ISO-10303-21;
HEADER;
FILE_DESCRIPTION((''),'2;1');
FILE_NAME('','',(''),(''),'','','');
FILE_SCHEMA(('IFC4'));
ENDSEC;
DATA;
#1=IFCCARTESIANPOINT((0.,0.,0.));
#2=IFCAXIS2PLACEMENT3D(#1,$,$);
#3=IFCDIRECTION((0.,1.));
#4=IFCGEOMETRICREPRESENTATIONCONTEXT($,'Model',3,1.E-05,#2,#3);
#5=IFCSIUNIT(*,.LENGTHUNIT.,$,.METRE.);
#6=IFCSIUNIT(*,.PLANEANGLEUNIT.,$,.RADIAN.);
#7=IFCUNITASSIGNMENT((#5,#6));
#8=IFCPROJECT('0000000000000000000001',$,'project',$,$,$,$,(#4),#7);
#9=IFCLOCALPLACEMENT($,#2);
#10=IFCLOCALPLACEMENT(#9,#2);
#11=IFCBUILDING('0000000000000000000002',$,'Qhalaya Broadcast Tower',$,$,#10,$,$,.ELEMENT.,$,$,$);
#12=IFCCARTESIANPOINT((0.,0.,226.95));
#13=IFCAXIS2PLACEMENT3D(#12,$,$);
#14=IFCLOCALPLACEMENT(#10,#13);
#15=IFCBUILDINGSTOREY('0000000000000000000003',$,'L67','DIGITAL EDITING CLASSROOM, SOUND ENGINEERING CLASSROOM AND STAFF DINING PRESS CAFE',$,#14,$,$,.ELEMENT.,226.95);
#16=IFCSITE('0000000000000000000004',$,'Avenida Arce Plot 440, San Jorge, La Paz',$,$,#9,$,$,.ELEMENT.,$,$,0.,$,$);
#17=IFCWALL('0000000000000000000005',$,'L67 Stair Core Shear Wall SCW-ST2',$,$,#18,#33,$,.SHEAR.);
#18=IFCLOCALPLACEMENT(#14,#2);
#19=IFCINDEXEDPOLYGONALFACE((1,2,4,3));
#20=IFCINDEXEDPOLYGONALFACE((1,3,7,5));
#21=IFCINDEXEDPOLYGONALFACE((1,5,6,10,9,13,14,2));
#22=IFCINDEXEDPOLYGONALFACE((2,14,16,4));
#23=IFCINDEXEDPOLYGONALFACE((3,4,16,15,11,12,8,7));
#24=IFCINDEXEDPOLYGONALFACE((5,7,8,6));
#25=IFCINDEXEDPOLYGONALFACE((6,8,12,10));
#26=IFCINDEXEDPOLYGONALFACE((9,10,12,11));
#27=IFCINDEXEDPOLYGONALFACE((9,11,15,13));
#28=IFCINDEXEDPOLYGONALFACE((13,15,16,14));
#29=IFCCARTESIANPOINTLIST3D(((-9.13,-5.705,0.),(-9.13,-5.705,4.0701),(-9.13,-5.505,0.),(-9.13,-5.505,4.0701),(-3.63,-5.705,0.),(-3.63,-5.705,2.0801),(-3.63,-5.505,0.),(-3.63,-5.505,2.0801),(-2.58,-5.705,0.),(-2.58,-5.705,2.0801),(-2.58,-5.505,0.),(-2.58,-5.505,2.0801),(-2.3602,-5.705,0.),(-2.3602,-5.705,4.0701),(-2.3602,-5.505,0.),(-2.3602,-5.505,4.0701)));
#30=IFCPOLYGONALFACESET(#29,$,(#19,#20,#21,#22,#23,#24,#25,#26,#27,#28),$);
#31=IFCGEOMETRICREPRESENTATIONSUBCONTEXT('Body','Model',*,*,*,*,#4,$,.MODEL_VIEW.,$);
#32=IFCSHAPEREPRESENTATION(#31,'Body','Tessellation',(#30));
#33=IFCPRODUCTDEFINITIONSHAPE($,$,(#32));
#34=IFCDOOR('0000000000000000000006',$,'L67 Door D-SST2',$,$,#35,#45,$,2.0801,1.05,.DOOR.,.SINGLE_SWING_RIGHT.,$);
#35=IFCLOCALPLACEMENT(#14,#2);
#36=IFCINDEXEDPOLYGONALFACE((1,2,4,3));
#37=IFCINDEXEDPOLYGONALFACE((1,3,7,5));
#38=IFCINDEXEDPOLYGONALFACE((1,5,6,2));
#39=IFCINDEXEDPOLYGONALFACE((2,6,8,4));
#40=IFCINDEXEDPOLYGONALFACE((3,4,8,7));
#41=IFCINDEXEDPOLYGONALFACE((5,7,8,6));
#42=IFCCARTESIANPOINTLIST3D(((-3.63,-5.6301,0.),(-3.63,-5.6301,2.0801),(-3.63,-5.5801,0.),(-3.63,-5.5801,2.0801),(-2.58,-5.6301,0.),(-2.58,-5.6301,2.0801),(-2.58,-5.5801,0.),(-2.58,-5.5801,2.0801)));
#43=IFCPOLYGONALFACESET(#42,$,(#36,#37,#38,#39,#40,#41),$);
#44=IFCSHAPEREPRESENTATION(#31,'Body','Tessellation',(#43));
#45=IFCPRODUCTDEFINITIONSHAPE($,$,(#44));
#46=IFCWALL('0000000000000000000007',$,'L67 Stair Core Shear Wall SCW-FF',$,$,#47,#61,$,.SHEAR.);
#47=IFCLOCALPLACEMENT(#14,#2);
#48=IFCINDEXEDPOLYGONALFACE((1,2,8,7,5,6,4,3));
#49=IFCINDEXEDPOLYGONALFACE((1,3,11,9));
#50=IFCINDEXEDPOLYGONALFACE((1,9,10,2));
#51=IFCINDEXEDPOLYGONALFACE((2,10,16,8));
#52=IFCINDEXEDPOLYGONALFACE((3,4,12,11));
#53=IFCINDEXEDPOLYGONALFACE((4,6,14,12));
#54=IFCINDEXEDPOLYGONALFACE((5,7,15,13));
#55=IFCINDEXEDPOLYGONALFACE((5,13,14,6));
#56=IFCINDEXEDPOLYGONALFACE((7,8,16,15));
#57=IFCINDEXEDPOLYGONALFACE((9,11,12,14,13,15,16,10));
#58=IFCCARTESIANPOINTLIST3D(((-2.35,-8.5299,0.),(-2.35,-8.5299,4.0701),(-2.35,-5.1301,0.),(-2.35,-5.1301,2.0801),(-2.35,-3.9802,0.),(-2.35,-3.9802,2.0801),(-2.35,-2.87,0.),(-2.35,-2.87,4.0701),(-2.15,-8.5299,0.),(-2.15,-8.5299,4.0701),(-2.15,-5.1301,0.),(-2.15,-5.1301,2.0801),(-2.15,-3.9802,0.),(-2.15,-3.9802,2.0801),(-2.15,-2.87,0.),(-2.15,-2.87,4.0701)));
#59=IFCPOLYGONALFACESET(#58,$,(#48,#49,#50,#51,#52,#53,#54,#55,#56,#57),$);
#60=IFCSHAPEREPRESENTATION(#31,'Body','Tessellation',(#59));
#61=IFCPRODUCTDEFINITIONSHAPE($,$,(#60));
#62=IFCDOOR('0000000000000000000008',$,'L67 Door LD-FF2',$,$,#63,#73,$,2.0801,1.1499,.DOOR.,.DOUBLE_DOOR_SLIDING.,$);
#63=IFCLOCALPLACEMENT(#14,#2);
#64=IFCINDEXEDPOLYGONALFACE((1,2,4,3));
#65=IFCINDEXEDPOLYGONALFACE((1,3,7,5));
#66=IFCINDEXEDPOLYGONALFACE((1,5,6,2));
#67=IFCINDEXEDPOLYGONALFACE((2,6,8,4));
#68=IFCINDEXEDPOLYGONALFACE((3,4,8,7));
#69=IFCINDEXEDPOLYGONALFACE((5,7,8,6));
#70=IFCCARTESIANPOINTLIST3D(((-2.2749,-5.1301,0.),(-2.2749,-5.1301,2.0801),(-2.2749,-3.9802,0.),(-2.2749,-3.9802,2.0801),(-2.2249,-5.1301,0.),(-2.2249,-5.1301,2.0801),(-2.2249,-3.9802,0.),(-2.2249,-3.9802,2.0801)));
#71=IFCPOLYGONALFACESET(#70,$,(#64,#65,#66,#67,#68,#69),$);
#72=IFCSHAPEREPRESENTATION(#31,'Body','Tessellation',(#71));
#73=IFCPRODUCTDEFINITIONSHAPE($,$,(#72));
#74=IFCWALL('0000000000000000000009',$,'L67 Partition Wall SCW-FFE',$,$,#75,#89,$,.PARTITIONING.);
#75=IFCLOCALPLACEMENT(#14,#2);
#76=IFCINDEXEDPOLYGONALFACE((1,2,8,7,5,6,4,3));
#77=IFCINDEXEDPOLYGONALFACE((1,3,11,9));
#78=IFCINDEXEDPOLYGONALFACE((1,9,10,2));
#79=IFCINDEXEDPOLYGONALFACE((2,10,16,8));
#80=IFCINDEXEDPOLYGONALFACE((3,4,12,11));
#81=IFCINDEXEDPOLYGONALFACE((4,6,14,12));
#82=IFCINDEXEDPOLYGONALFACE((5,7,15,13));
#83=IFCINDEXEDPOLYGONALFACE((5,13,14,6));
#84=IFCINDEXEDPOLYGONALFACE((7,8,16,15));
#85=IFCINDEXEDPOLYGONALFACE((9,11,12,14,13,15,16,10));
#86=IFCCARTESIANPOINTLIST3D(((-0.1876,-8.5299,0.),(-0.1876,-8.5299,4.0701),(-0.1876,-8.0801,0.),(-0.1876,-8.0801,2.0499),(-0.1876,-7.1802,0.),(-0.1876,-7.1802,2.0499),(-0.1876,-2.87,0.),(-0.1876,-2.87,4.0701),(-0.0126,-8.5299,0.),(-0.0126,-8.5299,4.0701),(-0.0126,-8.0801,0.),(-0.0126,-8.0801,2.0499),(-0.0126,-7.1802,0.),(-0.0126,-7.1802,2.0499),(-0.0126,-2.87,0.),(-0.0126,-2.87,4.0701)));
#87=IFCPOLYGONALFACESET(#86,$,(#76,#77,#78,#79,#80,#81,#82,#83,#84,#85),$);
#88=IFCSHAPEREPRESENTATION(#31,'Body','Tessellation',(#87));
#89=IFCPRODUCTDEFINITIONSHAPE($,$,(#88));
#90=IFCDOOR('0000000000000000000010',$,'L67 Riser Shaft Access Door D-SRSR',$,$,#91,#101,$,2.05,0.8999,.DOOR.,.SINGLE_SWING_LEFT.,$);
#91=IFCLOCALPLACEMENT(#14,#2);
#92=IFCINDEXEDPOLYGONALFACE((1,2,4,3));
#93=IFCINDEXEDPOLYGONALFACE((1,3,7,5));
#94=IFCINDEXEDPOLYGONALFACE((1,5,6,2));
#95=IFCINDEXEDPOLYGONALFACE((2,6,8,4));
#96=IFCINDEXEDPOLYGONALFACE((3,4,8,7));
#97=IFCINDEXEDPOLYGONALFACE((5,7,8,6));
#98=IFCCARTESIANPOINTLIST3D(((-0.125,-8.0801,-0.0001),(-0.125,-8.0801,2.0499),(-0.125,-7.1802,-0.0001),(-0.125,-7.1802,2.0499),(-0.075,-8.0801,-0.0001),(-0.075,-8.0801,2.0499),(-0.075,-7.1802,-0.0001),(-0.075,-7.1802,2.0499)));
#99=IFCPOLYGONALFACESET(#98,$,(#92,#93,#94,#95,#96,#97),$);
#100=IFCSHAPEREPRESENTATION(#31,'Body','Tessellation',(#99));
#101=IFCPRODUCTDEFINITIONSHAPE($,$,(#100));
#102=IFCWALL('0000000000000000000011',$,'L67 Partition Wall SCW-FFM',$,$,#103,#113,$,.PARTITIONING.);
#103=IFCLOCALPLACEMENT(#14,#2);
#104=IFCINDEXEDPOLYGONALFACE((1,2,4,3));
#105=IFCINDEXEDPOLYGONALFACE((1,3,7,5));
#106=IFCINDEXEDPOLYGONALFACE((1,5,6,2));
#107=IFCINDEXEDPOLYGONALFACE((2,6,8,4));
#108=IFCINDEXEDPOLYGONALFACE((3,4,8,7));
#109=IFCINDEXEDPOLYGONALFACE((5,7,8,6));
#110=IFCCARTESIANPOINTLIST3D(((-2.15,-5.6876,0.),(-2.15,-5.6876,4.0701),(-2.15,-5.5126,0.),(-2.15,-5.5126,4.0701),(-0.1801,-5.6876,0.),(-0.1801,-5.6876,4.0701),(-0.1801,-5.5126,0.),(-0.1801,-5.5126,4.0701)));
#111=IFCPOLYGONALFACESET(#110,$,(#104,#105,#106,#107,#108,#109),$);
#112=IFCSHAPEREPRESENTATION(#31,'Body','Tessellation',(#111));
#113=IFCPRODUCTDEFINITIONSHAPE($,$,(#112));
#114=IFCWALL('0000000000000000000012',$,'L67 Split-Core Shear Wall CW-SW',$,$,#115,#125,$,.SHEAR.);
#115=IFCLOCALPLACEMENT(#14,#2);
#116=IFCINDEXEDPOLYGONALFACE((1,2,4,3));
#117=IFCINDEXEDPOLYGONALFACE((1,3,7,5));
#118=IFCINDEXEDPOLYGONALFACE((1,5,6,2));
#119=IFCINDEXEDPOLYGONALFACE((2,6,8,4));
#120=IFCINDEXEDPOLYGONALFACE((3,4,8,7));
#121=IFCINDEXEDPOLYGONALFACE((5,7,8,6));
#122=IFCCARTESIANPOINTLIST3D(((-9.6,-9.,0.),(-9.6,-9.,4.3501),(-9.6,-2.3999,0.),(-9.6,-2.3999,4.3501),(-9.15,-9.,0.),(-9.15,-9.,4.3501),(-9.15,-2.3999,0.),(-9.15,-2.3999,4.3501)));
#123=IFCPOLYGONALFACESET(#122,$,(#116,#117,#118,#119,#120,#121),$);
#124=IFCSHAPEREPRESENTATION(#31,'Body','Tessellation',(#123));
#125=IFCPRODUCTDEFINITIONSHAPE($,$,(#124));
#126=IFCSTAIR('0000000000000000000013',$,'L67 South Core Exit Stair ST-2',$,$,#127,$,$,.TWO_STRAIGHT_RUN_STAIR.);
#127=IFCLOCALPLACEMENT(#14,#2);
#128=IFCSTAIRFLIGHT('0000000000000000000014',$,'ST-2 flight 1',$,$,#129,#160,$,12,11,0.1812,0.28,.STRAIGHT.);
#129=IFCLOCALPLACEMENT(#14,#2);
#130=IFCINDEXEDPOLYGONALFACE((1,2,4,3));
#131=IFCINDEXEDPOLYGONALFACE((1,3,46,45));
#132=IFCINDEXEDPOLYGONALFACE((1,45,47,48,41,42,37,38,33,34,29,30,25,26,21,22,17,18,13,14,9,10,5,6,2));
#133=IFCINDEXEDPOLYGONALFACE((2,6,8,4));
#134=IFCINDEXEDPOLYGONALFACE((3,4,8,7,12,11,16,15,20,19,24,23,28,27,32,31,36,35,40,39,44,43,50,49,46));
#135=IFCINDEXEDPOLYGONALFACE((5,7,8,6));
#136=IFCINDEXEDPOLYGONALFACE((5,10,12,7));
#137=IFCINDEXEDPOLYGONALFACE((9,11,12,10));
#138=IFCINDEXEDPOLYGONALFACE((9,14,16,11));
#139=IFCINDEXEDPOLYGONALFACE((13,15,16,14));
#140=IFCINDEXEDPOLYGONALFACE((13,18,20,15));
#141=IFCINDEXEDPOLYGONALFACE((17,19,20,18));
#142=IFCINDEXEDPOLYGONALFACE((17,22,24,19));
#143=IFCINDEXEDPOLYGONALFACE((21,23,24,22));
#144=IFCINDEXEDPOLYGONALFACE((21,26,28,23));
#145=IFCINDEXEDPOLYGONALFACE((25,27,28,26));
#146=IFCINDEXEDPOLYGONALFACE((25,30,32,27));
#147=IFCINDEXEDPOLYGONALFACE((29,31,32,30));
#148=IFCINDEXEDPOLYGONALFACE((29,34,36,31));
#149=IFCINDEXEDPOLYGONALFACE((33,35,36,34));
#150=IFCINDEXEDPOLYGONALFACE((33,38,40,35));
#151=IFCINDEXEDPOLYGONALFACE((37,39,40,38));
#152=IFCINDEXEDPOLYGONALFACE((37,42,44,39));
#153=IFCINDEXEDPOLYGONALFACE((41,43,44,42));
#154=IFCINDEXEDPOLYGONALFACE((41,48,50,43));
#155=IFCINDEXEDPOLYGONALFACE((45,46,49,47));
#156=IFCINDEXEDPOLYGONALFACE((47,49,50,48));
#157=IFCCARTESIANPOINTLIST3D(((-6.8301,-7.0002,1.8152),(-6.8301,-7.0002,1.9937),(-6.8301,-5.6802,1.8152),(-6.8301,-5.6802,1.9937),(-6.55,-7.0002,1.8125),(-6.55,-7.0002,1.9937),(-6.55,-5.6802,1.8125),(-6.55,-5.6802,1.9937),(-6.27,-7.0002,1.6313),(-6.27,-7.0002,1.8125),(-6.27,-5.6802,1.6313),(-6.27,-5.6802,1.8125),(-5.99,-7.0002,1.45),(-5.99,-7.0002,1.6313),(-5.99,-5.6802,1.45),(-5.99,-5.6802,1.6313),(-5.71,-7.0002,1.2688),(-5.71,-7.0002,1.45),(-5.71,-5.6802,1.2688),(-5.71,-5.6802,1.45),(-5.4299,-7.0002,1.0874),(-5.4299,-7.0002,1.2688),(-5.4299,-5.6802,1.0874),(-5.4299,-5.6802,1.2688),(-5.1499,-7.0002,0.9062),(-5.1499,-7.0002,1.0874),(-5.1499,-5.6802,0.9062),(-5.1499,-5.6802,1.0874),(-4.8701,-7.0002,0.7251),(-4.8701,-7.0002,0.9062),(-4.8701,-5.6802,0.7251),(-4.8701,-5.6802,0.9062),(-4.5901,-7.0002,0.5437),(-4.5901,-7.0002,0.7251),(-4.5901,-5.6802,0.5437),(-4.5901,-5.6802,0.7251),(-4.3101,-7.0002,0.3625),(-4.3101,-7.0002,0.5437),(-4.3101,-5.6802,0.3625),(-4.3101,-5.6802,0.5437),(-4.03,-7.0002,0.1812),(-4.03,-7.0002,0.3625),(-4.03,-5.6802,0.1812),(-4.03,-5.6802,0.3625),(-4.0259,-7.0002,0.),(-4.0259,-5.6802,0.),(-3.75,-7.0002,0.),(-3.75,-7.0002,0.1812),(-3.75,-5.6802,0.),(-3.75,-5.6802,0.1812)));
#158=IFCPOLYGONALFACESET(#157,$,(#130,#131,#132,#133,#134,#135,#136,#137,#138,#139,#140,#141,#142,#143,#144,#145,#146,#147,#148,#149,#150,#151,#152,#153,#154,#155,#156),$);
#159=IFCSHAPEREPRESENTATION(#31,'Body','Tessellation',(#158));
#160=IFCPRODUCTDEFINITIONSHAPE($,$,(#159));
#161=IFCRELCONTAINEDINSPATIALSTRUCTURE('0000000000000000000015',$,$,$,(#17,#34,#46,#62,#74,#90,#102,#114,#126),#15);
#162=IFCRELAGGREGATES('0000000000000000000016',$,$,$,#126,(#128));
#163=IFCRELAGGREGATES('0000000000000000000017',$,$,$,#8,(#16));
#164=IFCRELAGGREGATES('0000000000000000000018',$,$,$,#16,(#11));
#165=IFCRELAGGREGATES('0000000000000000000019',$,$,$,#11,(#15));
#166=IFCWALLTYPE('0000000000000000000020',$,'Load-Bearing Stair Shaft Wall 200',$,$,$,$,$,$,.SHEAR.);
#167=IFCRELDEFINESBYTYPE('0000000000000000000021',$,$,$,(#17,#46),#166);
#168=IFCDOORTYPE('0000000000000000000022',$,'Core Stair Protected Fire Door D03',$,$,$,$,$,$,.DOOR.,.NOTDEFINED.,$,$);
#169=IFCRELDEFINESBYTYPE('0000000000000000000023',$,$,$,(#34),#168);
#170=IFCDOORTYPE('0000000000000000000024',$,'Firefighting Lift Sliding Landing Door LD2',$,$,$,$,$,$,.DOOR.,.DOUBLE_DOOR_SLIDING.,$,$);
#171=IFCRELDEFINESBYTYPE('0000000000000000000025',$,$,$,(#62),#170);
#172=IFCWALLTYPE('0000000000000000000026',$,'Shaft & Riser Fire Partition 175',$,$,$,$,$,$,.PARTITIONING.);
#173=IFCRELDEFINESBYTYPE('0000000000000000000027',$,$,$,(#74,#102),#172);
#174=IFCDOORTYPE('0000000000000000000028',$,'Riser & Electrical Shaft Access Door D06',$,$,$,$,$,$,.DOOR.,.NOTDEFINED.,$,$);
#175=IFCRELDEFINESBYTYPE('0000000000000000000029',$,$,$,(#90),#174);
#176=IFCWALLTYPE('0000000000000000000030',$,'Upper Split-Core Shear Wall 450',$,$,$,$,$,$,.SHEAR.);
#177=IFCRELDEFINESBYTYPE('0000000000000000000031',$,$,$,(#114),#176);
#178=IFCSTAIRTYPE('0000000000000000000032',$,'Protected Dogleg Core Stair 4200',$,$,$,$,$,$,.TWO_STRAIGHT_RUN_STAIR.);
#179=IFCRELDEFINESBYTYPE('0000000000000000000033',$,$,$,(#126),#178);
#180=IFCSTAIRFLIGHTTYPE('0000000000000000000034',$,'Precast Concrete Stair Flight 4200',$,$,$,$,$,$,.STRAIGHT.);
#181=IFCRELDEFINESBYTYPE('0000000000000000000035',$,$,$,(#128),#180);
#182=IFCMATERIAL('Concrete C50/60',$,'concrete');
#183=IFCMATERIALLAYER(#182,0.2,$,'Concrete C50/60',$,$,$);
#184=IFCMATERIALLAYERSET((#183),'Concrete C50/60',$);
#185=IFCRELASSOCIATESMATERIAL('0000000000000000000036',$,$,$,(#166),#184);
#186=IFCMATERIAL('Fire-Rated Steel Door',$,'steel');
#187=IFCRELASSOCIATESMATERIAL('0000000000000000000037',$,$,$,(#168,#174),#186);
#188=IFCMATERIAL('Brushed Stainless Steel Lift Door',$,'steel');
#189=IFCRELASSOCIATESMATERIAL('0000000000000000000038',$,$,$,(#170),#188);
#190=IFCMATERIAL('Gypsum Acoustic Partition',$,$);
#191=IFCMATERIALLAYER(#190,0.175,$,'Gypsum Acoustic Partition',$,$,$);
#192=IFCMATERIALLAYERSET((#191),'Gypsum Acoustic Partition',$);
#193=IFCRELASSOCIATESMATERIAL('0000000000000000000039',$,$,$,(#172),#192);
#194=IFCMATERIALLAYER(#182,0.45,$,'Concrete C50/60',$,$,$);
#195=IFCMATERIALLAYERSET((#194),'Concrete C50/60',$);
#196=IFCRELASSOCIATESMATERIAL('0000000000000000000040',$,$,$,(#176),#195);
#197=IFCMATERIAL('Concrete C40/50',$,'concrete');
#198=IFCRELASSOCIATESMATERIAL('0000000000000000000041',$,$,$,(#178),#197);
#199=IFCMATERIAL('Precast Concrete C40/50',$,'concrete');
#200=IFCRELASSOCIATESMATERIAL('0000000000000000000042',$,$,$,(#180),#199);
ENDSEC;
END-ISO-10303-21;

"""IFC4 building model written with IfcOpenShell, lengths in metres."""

from ifc_helpers import new_model, si_unit, direction, frame, frame_2d, origin, place, context, subcontext, project, spatial, polyline, rectangle, outline, extrude, material, layer, layer_set, type_object, element, fill, aggregate, save


model = new_model("IFC4")

# Units and contexts
model_context = context("Model", 3, precision=1e-05, world=origin(), true_north=direction((0.0, 1.0)))
body_context = subcontext(model_context, "Body", "Model", "MODEL_VIEW")
ifc_project = project(units=[si_unit("LENGTHUNIT", "METRE"), si_unit("PLANEANGLEUNIT", "RADIAN")], contexts=[model_context])

# Site, building, storey
site_placement = place(None, origin())
site = spatial("IfcSite", under=ifc_project, at=site_placement, Name="Avenida Arce Plot 440, San Jorge, La Paz", CompositionType="ELEMENT", RefElevation=0.0)
building_placement = place(site_placement, origin())
building = spatial("IfcBuilding", under=site, at=building_placement, Name="Qhalaya Broadcast Tower", CompositionType="ELEMENT")
storey_placement = place(building_placement, frame((0.0, 0.0, 226.95)))
storey = spatial("IfcBuildingStorey", under=building, at=storey_placement, Name="L67", Description="DIGITAL EDITING CLASSROOM, SOUND ENGINEERING CLASSROOM AND STAFF DINING PRESS CAFE", CompositionType="ELEMENT", Elevation=226.95)

# Shared definitions
ifc_material_1 = material(Name="Concrete C50/60", Category="concrete")

# Walls, openings, doors
ifc_layer_1 = layer(ifc_material_1, 0.2, Name="Concrete C50/60")
ifc_layer_set_1 = layer_set([ifc_layer_1], Name="Concrete C50/60")
wall_type_1 = type_object("IfcWallType", Name="Load-Bearing Stair Shaft Wall 200", PredefinedType="SHEAR", material=ifc_layer_set_1)
wall_1_placement = place(storey_placement, frame((-9.1299, -5.605, 0.0), z_axis=(0.0, 0.0, 1.0), x_axis=(1.0, 0.0, 0.0)))
wall_1 = element("IfcWall", 1, at=wall_1_placement, inside=storey, type_object=wall_type_1, Name="L67 Stair Core Shear Wall SCW-ST2", PredefinedType="SHEAR", context=body_context, shape_type="SweptSolid", body=[
    extrude(rectangle(XDim=6.7698, YDim=0.2, at=frame_2d((3.3848, 0.0))), origin(), (0.0, 0.0, 1.0), 4.0701),
])
opening_1_placement = place(wall_1_placement, frame((5.5, 0.0, 0.0)))
opening_1 = element("IfcOpeningElement", 2, at=opening_1_placement, cuts=wall_1, PredefinedType="OPENING", context=body_context, shape_type="SweptSolid", body=[
    extrude(rectangle(XDim=1.05, YDim=2.0801, at=frame_2d((0.5249, 1.04))), frame((0.0, 0.1121, 0.0), z_axis=(0.0, -1.0, 0.0), x_axis=(1.0, 0.0, 0.0)), (0.0, 0.0, 1.0), 0.2239),
])
ifc_material_2 = material(Name="Fire-Rated Steel Door", Category="steel")
door_type_1 = type_object("IfcDoorType", Name="Core Stair Protected Fire Door D03", OperationType="NOTDEFINED", PredefinedType="DOOR", material=ifc_material_2)
door_1_placement = place(opening_1_placement, origin())
door_1 = element("IfcDoor", 3, at=door_1_placement, inside=storey, type_object=door_type_1, Name="L67 Door D-SST2", OperationType="SINGLE_SWING_RIGHT", OverallHeight=2.0801, OverallWidth=1.05, PredefinedType="DOOR", context=body_context, shape_type="SweptSolid", body=[
    extrude(rectangle(XDim=1.05, YDim=2.0801, at=frame_2d((0.5249, 1.04))), frame((0.0, 0.0249, 0.0), z_axis=(0.0, -1.0, 0.0), x_axis=(1.0, 0.0, 0.0)), (0.0, 0.0, 1.0), 0.05),
])
fill(opening_1, door_1)
wall_2_placement = place(storey_placement, frame((-2.25, -8.53, 0.0), z_axis=(0.0, 0.0, 1.0), x_axis=(0.0, 1.0, 0.0)))
wall_2 = element("IfcWall", 4, at=wall_2_placement, inside=storey, type_object=wall_type_1, Name="L67 Stair Core Shear Wall SCW-FF", PredefinedType="SHEAR", context=body_context, shape_type="SweptSolid", body=[
    extrude(rectangle(XDim=5.6599, YDim=0.2, at=frame_2d((2.8301, 0.0))), origin(), (0.0, 0.0, 1.0), 4.0701),
])
opening_2_placement = place(wall_2_placement, frame((3.3999, 0.0, 0.0)))
opening_2 = element("IfcOpeningElement", 5, at=opening_2_placement, cuts=wall_2, PredefinedType="OPENING", context=body_context, shape_type="SweptSolid", body=[
    extrude(rectangle(XDim=1.1499, YDim=2.0801, at=frame_2d((0.575, 1.04))), frame((0.0, 0.1121, 0.0), z_axis=(0.0, -1.0, 0.0), x_axis=(1.0, 0.0, 0.0)), (0.0, 0.0, 1.0), 0.2239),
])
ifc_material_3 = material(Name="Brushed Stainless Steel Lift Door", Category="steel")
door_type_2 = type_object("IfcDoorType", Name="Firefighting Lift Sliding Landing Door LD2", OperationType="DOUBLE_DOOR_SLIDING", PredefinedType="DOOR", material=ifc_material_3)
door_2_placement = place(opening_2_placement, origin())
door_2 = element("IfcDoor", 6, at=door_2_placement, inside=storey, type_object=door_type_2, Name="L67 Door LD-FF2", OperationType="DOUBLE_DOOR_SLIDING", OverallHeight=2.0801, OverallWidth=1.1499, PredefinedType="DOOR", context=body_context, shape_type="SweptSolid", body=[
    extrude(rectangle(XDim=1.1499, YDim=2.0801, at=frame_2d((0.575, 1.04))), frame((0.0, 0.0249, 0.0), z_axis=(0.0, -1.0, 0.0), x_axis=(1.0, 0.0, 0.0)), (0.0, 0.0, 1.0), 0.05),
])
fill(opening_2, door_2)
ifc_material_4 = material(Name="Gypsum Acoustic Partition")
ifc_layer_2 = layer(ifc_material_4, 0.175, Name="Gypsum Acoustic Partition")
ifc_layer_set_2 = layer_set([ifc_layer_2], Name="Gypsum Acoustic Partition")
wall_type_2 = type_object("IfcWallType", Name="Shaft & Riser Fire Partition 175", PredefinedType="PARTITIONING", material=ifc_layer_set_2)
wall_3_placement = place(storey_placement, frame((-0.1001, -8.53, 0.0), z_axis=(0.0, 0.0, 1.0), x_axis=(0.0, 1.0, 0.0)))
wall_3 = element("IfcWall", 7, at=wall_3_placement, inside=storey, type_object=wall_type_2, Name="L67 Partition Wall SCW-FFE", PredefinedType="PARTITIONING", context=body_context, shape_type="SweptSolid", body=[
    extrude(rectangle(XDim=5.6599, YDim=0.175, at=frame_2d((2.8301, 0.0))), origin(), (0.0, 0.0, 1.0), 4.0701),
])
opening_3_placement = place(wall_3_placement, frame((0.45, 0.0, 0.0)))
opening_3 = element("IfcOpeningElement", 8, at=opening_3_placement, cuts=wall_3, PredefinedType="OPENING", context=body_context, shape_type="SweptSolid", body=[
    extrude(rectangle(XDim=0.8999, YDim=2.05, at=frame_2d((0.45, 1.0249))), frame((0.0, 0.0996, 0.0), z_axis=(0.0, -1.0, 0.0), x_axis=(1.0, 0.0, 0.0)), (0.0, 0.0, 1.0), 0.199),
])
door_type_3 = type_object("IfcDoorType", Name="Riser & Electrical Shaft Access Door D06", OperationType="NOTDEFINED", PredefinedType="DOOR", material=ifc_material_2)
door_3_placement = place(opening_3_placement, origin())
door_3 = element("IfcDoor", 9, at=door_3_placement, inside=storey, type_object=door_type_3, Name="L67 Riser Shaft Access Door D-SRSR", OperationType="SINGLE_SWING_LEFT", OverallHeight=2.05, OverallWidth=0.8999, PredefinedType="DOOR", context=body_context, shape_type="SweptSolid", body=[
    extrude(rectangle(XDim=0.8999, YDim=2.05, at=frame_2d((0.45, 1.0249))), frame((0.0, 0.0249, 0.0), z_axis=(0.0, -1.0, 0.0), x_axis=(1.0, 0.0, 0.0)), (0.0, 0.0, 1.0), 0.05),
])
fill(opening_3, door_3)

# Walls
wall_4_placement = place(storey_placement, frame((-2.1499, -5.6001, 0.0), z_axis=(0.0, 0.0, 1.0), x_axis=(1.0, 0.0, 0.0)))
element("IfcWall", 10, at=wall_4_placement, inside=storey, type_object=wall_type_2, Name="L67 Partition Wall SCW-FFM", PredefinedType="PARTITIONING", context=body_context, shape_type="SweptSolid", body=[
    extrude(rectangle(XDim=1.97, YDim=0.175, at=frame_2d((0.9849, 0.0))), origin(), (0.0, 0.0, 1.0), 4.0701),
])
ifc_layer_3 = layer(ifc_material_1, 0.45, Name="Concrete C50/60")
ifc_layer_set_3 = layer_set([ifc_layer_3], Name="Concrete C50/60")
wall_type_3 = type_object("IfcWallType", Name="Upper Split-Core Shear Wall 450", PredefinedType="SHEAR", material=ifc_layer_set_3)
wall_5_placement = place(storey_placement, frame((-9.375, -9.0, 0.0), z_axis=(0.0, 0.0, 1.0), x_axis=(0.0, 1.0, 0.0)))
element("IfcWall", 11, at=wall_5_placement, inside=storey, type_object=wall_type_3, Name="L67 Split-Core Shear Wall CW-SW", PredefinedType="SHEAR", context=body_context, shape_type="SweptSolid", body=[
    extrude(rectangle(XDim=6.6001, YDim=0.45, at=frame_2d((3.3, 0.0))), origin(), (0.0, 0.0, 1.0), 4.3501),
])

# Stair, stair flight
ifc_material_5 = material(Name="Concrete C40/50", Category="concrete")
stair_type = type_object("IfcStairType", Name="Protected Dogleg Core Stair 4200", PredefinedType="TWO_STRAIGHT_RUN_STAIR", material=ifc_material_5)
stair_placement = place(storey_placement, origin())
stair = element("IfcStair", 12, at=stair_placement, inside=storey, type_object=stair_type, Name="L67 South Core Exit Stair ST-2", PredefinedType="TWO_STRAIGHT_RUN_STAIR")
ifc_material_6 = material(Name="Precast Concrete C40/50", Category="concrete")
stair_flight_type = type_object("IfcStairFlightType", Name="Precast Concrete Stair Flight 4200", PredefinedType="STRAIGHT", material=ifc_material_6)
stair_flight_1_placement = place(storey_placement, frame((-3.75, -6.3401, 0.0), z_axis=(0.0, 0.0, 1.0), x_axis=(-1.0, 0.0, 0.0)))
stair_flight_1 = element("IfcStairFlight", 13, at=stair_flight_1_placement, type_object=stair_flight_type, Name="ST-2 flight 1", NumberOfRisers=12, NumberOfTreads=11, PredefinedType="STRAIGHT", RiserHeight=0.1812, TreadLength=0.28, context=body_context, shape_type="SweptSolid", body=[
    extrude(outline(polyline([(0.0, 0.0), (0.0, 0.1812), (0.28, 0.1812), (0.28, 0.3625), (0.5601, 0.3625), (0.5601, 0.5437), (0.8401, 0.5437), (0.8401, 0.7251), (1.1201, 0.7251), (1.1201, 0.9062), (1.3999, 0.9062), (1.3999, 1.0874), (1.6799, 1.0874), (1.6799, 1.2688), (1.96, 1.2688), (1.96, 1.45), (2.24, 1.45), (2.24, 1.6313), (2.52, 1.6313), (2.52, 1.8125), (2.8, 1.8125), (2.8, 1.9937), (3.0801, 1.9937), (3.0801, 2.175), (3.0801, 1.8152), (0.2759, 0.0), (0.0, 0.0)])), frame((0.0, 0.6602, 0.0), z_axis=(0.0, -1.0, 0.0), x_axis=(1.0, 0.0, 0.0)), (0.0, 0.0, 1.0), 1.3201),
])
aggregate(stair, [stair_flight_1])

save(model, "model.ifc")
